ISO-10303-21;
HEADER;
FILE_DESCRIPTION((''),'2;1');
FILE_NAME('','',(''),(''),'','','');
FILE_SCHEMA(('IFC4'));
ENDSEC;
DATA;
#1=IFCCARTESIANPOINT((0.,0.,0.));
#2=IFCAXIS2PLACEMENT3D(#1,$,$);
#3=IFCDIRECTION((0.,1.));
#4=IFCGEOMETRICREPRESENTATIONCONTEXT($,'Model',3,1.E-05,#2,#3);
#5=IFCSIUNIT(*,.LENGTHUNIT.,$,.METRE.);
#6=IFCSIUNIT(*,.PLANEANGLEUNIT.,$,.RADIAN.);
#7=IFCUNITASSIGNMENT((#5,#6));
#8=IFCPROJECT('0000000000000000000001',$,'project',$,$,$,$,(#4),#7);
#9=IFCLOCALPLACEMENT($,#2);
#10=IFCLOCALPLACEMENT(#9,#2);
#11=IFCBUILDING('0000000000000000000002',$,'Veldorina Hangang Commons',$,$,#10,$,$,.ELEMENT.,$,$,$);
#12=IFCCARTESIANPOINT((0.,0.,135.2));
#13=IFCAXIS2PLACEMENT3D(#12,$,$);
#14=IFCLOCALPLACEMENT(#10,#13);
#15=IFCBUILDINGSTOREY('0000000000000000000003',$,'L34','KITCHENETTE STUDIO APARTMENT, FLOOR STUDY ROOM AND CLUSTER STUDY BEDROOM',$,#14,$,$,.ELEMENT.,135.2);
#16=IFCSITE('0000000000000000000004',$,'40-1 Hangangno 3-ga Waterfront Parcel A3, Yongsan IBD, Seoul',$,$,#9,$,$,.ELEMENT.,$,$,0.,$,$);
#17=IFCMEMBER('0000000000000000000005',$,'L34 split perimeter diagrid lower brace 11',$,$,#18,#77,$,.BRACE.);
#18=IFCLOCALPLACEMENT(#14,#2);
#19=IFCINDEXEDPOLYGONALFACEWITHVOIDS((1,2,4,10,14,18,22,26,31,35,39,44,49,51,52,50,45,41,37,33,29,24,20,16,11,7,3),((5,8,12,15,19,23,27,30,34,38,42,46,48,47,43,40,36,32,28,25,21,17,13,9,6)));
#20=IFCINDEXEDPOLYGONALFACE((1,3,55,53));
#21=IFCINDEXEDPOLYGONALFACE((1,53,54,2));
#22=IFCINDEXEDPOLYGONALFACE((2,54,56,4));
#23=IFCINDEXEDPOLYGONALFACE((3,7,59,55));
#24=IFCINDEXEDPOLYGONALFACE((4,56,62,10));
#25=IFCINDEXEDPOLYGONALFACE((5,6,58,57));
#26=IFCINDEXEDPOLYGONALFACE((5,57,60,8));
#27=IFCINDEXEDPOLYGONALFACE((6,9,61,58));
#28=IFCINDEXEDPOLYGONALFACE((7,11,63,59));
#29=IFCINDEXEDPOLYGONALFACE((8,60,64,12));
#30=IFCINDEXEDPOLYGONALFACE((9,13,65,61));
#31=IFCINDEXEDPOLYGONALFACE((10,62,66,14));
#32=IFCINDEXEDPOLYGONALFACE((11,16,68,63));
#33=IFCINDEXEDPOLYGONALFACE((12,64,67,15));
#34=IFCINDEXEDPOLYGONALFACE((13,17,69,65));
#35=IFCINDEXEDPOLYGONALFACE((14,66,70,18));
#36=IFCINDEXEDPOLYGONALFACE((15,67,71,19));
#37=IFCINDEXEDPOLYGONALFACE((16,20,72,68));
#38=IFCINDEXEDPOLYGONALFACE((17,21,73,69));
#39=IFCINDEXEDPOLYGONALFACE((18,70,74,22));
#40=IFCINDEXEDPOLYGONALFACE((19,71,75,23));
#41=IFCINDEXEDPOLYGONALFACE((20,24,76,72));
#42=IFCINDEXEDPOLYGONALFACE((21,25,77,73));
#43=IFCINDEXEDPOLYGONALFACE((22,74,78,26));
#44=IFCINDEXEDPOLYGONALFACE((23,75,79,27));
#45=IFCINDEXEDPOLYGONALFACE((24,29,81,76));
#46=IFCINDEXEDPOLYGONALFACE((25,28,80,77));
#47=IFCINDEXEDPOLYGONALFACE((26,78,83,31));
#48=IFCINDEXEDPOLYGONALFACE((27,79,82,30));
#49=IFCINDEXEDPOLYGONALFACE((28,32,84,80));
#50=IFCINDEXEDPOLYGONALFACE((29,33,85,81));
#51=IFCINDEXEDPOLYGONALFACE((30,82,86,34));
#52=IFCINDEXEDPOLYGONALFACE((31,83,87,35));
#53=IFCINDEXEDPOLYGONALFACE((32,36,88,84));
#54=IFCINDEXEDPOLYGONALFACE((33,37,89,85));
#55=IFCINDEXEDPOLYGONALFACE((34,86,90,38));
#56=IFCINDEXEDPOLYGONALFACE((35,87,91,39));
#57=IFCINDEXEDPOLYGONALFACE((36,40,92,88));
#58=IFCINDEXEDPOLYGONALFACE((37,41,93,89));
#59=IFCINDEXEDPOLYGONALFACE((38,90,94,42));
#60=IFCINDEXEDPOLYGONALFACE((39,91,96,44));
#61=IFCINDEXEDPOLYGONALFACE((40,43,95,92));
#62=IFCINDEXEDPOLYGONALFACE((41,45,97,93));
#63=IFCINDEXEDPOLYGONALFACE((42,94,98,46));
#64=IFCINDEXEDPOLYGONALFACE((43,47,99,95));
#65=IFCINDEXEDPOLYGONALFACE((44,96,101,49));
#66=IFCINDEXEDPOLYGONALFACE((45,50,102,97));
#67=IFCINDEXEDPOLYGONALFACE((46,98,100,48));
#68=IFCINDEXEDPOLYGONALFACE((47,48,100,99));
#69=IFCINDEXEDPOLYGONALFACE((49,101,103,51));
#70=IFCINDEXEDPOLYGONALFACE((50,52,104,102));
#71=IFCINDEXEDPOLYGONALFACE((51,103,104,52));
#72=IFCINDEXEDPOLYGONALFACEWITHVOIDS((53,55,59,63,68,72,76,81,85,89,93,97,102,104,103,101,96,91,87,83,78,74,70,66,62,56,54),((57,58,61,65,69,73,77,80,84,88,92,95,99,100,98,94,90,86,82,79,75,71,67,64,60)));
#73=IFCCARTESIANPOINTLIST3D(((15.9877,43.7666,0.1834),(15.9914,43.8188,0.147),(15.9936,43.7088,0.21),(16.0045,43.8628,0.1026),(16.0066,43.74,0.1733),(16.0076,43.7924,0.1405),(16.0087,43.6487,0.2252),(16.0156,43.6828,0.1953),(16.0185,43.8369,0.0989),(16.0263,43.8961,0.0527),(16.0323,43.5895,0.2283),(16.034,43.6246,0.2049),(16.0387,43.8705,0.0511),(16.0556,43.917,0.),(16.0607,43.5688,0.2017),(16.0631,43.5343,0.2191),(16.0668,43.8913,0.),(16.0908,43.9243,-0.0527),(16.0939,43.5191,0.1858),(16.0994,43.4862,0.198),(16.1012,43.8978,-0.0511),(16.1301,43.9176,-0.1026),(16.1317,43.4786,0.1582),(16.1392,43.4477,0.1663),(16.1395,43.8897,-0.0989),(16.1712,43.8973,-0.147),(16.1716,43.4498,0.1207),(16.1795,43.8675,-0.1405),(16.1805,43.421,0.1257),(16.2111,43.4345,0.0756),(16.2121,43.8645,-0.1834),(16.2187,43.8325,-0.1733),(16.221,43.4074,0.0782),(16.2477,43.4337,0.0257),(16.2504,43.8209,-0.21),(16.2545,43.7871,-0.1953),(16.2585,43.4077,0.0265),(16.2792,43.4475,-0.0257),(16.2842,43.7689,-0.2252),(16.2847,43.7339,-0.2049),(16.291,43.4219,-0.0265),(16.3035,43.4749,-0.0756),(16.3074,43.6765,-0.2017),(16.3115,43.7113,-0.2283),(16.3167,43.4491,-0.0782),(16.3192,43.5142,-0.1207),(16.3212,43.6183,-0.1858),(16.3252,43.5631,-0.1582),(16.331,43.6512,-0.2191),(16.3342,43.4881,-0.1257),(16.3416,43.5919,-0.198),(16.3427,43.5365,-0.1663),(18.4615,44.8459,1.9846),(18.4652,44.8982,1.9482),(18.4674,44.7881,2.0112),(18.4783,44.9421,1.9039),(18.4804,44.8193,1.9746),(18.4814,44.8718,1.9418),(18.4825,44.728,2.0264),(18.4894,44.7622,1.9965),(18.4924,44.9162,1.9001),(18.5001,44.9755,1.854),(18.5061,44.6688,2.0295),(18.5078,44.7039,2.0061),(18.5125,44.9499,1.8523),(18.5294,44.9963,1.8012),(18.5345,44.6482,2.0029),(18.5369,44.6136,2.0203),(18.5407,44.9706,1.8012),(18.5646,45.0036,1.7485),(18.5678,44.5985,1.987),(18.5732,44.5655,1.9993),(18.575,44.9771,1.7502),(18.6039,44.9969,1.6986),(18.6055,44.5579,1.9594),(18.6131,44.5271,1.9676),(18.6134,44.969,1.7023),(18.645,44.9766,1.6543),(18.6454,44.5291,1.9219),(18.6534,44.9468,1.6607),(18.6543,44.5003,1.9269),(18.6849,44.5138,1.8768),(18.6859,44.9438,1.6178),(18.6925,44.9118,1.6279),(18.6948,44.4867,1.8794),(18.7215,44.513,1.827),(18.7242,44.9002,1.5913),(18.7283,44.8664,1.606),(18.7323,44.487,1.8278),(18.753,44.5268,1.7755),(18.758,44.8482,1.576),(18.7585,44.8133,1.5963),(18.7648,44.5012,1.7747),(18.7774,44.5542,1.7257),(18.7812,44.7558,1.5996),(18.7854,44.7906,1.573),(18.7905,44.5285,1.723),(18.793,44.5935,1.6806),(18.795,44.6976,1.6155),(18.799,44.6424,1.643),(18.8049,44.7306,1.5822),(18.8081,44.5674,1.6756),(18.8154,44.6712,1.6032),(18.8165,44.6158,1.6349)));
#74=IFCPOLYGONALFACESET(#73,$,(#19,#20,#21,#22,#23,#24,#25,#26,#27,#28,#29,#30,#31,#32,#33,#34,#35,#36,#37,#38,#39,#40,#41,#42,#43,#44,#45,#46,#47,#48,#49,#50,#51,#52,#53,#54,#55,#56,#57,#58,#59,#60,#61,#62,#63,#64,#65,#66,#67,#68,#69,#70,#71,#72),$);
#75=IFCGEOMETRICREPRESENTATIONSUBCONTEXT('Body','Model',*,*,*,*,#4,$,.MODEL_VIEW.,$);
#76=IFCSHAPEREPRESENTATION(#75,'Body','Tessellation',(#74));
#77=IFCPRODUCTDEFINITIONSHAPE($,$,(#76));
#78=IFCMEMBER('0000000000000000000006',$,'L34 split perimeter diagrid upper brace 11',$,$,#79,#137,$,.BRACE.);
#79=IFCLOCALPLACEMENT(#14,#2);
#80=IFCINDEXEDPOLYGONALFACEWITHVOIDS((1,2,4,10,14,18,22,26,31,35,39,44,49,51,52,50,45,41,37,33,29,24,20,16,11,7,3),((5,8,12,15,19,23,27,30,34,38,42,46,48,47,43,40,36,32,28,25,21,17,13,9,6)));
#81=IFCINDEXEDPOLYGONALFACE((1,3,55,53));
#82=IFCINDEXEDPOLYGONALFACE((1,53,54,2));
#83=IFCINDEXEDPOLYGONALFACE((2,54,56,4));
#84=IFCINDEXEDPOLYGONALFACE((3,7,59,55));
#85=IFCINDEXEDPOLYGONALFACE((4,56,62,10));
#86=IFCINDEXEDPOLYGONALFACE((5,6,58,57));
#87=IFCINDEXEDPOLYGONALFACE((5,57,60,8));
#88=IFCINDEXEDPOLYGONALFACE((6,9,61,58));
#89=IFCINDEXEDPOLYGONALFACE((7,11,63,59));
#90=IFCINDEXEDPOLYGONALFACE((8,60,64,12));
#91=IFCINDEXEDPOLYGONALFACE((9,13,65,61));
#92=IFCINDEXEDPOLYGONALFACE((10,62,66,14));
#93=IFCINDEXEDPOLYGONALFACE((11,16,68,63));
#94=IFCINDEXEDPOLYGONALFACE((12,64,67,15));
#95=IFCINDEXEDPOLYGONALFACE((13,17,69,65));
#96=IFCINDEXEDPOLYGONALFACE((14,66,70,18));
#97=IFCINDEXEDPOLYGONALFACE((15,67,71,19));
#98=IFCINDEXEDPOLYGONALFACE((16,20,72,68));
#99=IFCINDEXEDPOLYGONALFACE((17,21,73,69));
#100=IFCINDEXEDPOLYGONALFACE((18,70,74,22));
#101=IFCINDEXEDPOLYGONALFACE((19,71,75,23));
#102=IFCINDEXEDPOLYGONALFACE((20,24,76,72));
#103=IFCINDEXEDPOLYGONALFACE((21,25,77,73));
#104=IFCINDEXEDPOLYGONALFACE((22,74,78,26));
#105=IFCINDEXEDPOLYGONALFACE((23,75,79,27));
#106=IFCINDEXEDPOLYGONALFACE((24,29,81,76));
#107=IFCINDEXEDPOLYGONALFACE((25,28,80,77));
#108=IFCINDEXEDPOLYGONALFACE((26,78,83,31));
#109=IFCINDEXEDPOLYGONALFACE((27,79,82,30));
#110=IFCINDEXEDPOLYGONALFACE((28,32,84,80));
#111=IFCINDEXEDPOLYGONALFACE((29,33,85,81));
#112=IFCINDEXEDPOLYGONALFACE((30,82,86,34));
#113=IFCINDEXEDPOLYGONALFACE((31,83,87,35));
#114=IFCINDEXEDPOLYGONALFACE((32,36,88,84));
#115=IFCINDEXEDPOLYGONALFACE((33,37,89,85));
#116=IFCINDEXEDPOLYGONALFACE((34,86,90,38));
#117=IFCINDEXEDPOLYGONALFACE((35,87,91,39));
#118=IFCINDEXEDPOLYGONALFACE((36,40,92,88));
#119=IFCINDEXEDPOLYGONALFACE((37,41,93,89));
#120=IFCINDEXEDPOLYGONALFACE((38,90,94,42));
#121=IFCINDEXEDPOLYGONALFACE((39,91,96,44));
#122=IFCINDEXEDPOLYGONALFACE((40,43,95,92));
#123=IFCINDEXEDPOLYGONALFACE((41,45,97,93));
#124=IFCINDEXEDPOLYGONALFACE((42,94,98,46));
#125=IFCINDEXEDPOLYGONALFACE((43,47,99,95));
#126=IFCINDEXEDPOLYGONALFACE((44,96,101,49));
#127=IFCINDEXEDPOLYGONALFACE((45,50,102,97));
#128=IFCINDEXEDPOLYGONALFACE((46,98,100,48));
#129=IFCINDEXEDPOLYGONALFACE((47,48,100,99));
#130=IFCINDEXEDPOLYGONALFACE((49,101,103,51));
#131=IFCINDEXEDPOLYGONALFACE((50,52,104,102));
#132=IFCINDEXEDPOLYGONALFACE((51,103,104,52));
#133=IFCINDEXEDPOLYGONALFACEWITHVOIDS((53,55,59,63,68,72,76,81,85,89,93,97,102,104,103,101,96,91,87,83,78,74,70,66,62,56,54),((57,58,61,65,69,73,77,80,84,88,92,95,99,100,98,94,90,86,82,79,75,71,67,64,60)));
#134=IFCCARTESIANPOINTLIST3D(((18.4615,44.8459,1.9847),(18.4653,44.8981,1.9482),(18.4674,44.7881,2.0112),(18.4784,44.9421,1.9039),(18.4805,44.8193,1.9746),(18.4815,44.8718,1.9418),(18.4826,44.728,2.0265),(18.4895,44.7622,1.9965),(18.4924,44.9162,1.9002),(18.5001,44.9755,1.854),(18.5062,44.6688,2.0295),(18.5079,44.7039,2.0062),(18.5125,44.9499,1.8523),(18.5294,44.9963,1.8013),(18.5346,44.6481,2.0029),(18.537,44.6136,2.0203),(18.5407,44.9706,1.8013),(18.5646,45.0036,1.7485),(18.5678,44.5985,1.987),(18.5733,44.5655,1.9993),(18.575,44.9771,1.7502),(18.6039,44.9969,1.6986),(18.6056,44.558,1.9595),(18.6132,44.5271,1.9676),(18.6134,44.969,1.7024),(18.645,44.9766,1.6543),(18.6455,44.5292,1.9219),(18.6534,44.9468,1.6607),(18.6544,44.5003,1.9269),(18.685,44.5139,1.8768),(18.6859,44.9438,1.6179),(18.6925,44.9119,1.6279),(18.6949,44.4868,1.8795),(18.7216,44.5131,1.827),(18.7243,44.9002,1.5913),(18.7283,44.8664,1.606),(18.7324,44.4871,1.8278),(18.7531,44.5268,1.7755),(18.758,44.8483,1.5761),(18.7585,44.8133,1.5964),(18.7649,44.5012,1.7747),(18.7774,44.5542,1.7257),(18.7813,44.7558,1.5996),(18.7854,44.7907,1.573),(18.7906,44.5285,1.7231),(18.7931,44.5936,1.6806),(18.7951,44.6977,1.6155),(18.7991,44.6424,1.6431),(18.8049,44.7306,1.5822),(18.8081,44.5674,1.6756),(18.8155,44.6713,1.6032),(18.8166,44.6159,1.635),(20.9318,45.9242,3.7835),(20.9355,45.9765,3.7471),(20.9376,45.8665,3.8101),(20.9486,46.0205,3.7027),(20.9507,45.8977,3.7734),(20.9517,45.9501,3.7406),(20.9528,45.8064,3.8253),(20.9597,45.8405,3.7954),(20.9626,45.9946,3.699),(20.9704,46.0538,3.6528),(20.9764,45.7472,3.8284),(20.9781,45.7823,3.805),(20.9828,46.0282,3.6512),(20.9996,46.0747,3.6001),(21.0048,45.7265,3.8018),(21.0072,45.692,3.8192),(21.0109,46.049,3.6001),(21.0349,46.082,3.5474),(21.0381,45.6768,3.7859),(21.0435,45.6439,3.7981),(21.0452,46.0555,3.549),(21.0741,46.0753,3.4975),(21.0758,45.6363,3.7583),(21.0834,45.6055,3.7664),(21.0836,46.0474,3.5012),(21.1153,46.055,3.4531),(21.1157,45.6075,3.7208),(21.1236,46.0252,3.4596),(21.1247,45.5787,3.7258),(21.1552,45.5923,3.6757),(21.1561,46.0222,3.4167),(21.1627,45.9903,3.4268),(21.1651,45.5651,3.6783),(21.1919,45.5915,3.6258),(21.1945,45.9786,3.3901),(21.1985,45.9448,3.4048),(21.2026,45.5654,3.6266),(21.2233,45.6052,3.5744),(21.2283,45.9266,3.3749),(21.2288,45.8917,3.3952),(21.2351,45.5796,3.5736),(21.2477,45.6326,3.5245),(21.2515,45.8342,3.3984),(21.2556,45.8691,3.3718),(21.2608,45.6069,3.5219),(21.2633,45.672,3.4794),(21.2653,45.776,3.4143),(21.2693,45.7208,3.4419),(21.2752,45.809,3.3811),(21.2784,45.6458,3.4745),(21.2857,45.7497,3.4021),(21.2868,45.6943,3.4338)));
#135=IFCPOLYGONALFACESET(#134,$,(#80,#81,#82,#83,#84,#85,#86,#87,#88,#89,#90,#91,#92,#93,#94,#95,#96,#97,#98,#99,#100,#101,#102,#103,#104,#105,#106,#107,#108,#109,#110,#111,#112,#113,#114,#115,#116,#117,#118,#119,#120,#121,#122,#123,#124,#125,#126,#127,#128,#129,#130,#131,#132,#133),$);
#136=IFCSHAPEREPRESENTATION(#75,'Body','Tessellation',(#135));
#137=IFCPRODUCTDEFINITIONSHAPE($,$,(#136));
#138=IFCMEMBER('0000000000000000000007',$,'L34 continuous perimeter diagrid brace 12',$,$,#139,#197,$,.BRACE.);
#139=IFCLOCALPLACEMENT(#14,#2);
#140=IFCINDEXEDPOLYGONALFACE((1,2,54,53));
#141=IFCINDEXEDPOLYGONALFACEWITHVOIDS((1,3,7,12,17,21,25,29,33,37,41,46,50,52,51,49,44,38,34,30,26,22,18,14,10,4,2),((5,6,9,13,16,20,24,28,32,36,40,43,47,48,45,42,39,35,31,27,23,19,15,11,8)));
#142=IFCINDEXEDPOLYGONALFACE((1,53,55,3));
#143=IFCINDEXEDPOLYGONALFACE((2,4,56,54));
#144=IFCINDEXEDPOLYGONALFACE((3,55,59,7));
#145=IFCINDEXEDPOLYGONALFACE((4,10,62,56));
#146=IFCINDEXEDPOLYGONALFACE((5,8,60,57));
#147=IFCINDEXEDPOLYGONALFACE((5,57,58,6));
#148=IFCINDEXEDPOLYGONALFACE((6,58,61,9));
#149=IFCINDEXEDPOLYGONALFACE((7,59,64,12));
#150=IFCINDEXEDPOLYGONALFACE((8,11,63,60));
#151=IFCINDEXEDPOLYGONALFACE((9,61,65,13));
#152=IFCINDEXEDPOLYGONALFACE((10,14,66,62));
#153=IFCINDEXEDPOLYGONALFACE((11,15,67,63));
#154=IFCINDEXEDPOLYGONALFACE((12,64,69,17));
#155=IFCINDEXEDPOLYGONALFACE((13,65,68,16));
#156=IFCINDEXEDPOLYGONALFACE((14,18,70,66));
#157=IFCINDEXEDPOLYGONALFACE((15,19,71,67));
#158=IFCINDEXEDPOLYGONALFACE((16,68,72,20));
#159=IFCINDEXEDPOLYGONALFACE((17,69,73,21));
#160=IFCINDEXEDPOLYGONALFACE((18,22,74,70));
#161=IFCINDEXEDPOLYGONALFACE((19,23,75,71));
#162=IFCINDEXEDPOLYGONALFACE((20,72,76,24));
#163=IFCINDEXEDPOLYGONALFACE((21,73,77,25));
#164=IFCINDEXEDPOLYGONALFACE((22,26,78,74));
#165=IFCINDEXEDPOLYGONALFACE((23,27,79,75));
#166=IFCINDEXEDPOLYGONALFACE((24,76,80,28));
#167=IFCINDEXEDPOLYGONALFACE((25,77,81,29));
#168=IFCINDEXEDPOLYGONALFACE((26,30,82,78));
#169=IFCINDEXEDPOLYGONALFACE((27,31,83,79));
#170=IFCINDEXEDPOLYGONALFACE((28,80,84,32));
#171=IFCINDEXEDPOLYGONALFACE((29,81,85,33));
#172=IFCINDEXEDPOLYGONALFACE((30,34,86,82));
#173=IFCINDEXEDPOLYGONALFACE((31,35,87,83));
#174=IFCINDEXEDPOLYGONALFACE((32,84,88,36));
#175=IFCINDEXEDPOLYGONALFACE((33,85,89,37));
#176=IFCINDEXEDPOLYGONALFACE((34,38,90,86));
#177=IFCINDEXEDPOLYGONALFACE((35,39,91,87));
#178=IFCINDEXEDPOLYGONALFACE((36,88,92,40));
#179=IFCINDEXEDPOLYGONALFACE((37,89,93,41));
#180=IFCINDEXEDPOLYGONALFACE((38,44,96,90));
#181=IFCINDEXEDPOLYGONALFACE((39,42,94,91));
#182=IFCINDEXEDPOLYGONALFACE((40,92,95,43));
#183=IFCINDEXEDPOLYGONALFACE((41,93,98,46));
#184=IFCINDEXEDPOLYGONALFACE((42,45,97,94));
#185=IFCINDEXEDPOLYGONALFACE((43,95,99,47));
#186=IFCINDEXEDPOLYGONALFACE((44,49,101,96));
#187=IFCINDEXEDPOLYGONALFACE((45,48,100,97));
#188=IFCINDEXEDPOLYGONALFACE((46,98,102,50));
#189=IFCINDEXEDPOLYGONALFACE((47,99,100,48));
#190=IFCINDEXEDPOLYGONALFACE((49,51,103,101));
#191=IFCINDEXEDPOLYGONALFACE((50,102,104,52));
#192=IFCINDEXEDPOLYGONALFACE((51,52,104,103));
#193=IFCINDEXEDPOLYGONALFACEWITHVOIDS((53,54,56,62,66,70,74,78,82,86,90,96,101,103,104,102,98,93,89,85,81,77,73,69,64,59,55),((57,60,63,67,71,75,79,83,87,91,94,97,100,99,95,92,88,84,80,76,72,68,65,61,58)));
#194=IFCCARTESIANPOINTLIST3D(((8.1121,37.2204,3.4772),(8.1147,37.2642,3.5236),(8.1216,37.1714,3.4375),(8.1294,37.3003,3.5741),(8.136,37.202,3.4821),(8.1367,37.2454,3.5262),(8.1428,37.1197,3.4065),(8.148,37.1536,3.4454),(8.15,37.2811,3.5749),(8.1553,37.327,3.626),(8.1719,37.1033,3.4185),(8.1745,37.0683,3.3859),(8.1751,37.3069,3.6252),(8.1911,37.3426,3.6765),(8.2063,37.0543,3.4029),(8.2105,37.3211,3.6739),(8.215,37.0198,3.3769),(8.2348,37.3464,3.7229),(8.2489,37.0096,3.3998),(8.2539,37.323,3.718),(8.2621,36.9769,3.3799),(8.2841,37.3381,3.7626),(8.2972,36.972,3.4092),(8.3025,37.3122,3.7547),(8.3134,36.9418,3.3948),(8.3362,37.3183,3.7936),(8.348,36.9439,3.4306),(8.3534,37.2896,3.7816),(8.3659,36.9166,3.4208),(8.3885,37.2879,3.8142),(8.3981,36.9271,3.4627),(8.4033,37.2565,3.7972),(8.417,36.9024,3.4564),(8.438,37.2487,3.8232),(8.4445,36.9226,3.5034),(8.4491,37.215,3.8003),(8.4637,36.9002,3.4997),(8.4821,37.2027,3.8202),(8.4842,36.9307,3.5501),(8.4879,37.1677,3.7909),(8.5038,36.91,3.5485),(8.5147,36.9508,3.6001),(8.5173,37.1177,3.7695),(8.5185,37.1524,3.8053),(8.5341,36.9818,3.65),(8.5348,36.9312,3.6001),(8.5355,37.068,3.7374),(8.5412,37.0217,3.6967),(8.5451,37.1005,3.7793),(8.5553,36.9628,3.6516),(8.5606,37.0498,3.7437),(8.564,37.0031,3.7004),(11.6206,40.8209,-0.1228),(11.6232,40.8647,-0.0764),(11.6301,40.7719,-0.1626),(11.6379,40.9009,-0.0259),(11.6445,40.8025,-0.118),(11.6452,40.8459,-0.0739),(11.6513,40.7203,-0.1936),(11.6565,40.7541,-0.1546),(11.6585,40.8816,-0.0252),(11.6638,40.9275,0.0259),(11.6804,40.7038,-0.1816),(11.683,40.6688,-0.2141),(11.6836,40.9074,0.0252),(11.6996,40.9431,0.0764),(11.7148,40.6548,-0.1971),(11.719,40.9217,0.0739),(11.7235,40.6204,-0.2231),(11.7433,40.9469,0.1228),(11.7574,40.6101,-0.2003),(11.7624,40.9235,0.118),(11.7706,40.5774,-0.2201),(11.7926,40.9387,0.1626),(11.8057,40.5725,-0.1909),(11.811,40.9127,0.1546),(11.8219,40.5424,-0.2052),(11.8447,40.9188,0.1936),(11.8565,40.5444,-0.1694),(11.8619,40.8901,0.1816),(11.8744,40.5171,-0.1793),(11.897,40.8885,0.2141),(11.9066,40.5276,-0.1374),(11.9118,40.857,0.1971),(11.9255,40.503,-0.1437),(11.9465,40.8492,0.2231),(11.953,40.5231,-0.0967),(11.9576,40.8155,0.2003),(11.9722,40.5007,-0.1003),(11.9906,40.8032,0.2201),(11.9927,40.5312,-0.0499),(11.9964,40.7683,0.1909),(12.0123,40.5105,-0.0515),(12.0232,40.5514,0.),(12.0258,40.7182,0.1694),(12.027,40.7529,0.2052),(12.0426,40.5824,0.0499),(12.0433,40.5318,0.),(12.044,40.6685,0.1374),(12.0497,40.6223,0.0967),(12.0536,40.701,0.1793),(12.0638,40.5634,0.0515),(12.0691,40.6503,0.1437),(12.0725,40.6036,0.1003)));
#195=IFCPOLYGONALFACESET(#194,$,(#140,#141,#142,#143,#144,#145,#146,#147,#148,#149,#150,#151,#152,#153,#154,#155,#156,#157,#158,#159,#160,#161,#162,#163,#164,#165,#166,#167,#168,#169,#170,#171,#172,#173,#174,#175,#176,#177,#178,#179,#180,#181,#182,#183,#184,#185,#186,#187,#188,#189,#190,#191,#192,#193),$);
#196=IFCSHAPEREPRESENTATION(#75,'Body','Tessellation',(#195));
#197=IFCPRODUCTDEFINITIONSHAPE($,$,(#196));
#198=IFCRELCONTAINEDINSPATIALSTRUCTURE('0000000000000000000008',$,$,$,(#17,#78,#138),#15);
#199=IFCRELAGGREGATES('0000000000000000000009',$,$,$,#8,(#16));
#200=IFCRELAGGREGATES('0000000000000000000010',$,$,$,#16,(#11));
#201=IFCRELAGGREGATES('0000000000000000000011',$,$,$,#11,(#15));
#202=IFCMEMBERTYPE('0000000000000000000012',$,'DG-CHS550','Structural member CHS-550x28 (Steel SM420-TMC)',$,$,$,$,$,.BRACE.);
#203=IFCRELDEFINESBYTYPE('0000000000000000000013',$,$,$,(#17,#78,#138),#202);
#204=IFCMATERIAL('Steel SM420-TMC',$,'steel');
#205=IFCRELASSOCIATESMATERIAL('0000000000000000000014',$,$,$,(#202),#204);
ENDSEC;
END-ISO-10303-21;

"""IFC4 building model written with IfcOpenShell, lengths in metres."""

from ifc_helpers import new_model, si_unit, direction, frame, origin, origin_2d, place, context, subcontext, project, spatial, hollow_circle, extrude, material, material_profile, profile_set, type_object, element, save


model = new_model("IFC4")

# Units and contexts
model_context = context("Model", 3, precision=1e-05, world=origin(), true_north=direction((0.0, 1.0)))
body_context = subcontext(model_context, "Body", "Model", "MODEL_VIEW")
ifc_project = project(units=[si_unit("LENGTHUNIT", "METRE"), si_unit("PLANEANGLEUNIT", "RADIAN")], contexts=[model_context])

# Site, building, storey
site_placement = place(None, origin())
site = spatial("IfcSite", under=ifc_project, at=site_placement, Name="40-1 Hangangno 3-ga Waterfront Parcel A3, Yongsan IBD, Seoul", CompositionType="ELEMENT", RefElevation=0.0)
building_placement = place(site_placement, origin())
building = spatial("IfcBuilding", under=site, at=building_placement, Name="Veldorina Hangang Commons", CompositionType="ELEMENT")
storey_placement = place(building_placement, frame((0.0, 0.0, 135.2)))
storey = spatial("IfcBuildingStorey", under=building, at=storey_placement, Name="L34", Description="KITCHENETTE STUDIO APARTMENT, FLOOR STUDY ROOM AND CLUSTER STUDY BEDROOM", CompositionType="ELEMENT", Elevation=135.2)

# Shared definitions
ifc_material_1 = material(Name="Steel SM420-TMC", Category="steel")

# Members
ifc_material_profile_1 = material_profile(ifc_material_1, hollow_circle(Radius=0.2749, WallThickness=0.0281, at=origin_2d()), Name="CHS-550x28")
ifc_profile_set_1 = profile_set([ifc_material_profile_1], Name="Steel SM420-TMC")
member_type = type_object("IfcMemberType", Name="DG-CHS550", Description="Structural member CHS-550x28 (Steel SM420-TMC)", PredefinedType="BRACE", material=ifc_profile_set_1)
member_1_placement = place(storey_placement, frame((16.1655, 43.665, 0.0), z_axis=(0.76238, 0.332624, 0.555101), x_axis=(-0.399893, 0.916562, 0.0)))
element("IfcMember", 1, at=member_1_placement, inside=storey, type_object=member_type, Name="L34 split perimeter diagrid lower brace 11", PredefinedType="BRACE", context=body_context, shape_type="SweptSolid", body=[
    extrude(hollow_circle(Radius=0.2749, WallThickness=0.0281, at=origin_2d()), origin(), (0.0, 0.0, 1.0), 3.2449),
])
member_2_placement = place(storey_placement, frame((18.6394, 44.7444, 1.8013), z_axis=(0.762302, 0.332782, 0.555114), x_axis=(-0.400087, 0.916477, 0.0)))
element("IfcMember", 2, at=member_2_placement, inside=storey, type_object=member_type, Name="L34 split perimeter diagrid upper brace 11", PredefinedType="BRACE", context=body_context, shape_type="SweptSolid", body=[
    extrude(hollow_circle(Radius=0.2749, WallThickness=0.0281, at=origin_2d()), origin(), (0.0, 0.0, 1.0), 3.2405),
])
member_3_placement = place(storey_placement, frame((11.8464, 40.7236, 0.0), z_axis=(-0.567411, -0.582296, 0.582217), x_axis=(0.716202, -0.697893, 0.0)))
element("IfcMember", 3, at=member_3_placement, inside=storey, type_object=member_type, Name="L34 continuous perimeter diagrid brace 12", PredefinedType="BRACE", context=body_context, shape_type="SweptSolid", body=[
    extrude(hollow_circle(Radius=0.2749, WallThickness=0.0281, at=origin_2d()), origin(), (0.0, 0.0, 1.0), 6.1833),
])

save(model, "model.ifc")
